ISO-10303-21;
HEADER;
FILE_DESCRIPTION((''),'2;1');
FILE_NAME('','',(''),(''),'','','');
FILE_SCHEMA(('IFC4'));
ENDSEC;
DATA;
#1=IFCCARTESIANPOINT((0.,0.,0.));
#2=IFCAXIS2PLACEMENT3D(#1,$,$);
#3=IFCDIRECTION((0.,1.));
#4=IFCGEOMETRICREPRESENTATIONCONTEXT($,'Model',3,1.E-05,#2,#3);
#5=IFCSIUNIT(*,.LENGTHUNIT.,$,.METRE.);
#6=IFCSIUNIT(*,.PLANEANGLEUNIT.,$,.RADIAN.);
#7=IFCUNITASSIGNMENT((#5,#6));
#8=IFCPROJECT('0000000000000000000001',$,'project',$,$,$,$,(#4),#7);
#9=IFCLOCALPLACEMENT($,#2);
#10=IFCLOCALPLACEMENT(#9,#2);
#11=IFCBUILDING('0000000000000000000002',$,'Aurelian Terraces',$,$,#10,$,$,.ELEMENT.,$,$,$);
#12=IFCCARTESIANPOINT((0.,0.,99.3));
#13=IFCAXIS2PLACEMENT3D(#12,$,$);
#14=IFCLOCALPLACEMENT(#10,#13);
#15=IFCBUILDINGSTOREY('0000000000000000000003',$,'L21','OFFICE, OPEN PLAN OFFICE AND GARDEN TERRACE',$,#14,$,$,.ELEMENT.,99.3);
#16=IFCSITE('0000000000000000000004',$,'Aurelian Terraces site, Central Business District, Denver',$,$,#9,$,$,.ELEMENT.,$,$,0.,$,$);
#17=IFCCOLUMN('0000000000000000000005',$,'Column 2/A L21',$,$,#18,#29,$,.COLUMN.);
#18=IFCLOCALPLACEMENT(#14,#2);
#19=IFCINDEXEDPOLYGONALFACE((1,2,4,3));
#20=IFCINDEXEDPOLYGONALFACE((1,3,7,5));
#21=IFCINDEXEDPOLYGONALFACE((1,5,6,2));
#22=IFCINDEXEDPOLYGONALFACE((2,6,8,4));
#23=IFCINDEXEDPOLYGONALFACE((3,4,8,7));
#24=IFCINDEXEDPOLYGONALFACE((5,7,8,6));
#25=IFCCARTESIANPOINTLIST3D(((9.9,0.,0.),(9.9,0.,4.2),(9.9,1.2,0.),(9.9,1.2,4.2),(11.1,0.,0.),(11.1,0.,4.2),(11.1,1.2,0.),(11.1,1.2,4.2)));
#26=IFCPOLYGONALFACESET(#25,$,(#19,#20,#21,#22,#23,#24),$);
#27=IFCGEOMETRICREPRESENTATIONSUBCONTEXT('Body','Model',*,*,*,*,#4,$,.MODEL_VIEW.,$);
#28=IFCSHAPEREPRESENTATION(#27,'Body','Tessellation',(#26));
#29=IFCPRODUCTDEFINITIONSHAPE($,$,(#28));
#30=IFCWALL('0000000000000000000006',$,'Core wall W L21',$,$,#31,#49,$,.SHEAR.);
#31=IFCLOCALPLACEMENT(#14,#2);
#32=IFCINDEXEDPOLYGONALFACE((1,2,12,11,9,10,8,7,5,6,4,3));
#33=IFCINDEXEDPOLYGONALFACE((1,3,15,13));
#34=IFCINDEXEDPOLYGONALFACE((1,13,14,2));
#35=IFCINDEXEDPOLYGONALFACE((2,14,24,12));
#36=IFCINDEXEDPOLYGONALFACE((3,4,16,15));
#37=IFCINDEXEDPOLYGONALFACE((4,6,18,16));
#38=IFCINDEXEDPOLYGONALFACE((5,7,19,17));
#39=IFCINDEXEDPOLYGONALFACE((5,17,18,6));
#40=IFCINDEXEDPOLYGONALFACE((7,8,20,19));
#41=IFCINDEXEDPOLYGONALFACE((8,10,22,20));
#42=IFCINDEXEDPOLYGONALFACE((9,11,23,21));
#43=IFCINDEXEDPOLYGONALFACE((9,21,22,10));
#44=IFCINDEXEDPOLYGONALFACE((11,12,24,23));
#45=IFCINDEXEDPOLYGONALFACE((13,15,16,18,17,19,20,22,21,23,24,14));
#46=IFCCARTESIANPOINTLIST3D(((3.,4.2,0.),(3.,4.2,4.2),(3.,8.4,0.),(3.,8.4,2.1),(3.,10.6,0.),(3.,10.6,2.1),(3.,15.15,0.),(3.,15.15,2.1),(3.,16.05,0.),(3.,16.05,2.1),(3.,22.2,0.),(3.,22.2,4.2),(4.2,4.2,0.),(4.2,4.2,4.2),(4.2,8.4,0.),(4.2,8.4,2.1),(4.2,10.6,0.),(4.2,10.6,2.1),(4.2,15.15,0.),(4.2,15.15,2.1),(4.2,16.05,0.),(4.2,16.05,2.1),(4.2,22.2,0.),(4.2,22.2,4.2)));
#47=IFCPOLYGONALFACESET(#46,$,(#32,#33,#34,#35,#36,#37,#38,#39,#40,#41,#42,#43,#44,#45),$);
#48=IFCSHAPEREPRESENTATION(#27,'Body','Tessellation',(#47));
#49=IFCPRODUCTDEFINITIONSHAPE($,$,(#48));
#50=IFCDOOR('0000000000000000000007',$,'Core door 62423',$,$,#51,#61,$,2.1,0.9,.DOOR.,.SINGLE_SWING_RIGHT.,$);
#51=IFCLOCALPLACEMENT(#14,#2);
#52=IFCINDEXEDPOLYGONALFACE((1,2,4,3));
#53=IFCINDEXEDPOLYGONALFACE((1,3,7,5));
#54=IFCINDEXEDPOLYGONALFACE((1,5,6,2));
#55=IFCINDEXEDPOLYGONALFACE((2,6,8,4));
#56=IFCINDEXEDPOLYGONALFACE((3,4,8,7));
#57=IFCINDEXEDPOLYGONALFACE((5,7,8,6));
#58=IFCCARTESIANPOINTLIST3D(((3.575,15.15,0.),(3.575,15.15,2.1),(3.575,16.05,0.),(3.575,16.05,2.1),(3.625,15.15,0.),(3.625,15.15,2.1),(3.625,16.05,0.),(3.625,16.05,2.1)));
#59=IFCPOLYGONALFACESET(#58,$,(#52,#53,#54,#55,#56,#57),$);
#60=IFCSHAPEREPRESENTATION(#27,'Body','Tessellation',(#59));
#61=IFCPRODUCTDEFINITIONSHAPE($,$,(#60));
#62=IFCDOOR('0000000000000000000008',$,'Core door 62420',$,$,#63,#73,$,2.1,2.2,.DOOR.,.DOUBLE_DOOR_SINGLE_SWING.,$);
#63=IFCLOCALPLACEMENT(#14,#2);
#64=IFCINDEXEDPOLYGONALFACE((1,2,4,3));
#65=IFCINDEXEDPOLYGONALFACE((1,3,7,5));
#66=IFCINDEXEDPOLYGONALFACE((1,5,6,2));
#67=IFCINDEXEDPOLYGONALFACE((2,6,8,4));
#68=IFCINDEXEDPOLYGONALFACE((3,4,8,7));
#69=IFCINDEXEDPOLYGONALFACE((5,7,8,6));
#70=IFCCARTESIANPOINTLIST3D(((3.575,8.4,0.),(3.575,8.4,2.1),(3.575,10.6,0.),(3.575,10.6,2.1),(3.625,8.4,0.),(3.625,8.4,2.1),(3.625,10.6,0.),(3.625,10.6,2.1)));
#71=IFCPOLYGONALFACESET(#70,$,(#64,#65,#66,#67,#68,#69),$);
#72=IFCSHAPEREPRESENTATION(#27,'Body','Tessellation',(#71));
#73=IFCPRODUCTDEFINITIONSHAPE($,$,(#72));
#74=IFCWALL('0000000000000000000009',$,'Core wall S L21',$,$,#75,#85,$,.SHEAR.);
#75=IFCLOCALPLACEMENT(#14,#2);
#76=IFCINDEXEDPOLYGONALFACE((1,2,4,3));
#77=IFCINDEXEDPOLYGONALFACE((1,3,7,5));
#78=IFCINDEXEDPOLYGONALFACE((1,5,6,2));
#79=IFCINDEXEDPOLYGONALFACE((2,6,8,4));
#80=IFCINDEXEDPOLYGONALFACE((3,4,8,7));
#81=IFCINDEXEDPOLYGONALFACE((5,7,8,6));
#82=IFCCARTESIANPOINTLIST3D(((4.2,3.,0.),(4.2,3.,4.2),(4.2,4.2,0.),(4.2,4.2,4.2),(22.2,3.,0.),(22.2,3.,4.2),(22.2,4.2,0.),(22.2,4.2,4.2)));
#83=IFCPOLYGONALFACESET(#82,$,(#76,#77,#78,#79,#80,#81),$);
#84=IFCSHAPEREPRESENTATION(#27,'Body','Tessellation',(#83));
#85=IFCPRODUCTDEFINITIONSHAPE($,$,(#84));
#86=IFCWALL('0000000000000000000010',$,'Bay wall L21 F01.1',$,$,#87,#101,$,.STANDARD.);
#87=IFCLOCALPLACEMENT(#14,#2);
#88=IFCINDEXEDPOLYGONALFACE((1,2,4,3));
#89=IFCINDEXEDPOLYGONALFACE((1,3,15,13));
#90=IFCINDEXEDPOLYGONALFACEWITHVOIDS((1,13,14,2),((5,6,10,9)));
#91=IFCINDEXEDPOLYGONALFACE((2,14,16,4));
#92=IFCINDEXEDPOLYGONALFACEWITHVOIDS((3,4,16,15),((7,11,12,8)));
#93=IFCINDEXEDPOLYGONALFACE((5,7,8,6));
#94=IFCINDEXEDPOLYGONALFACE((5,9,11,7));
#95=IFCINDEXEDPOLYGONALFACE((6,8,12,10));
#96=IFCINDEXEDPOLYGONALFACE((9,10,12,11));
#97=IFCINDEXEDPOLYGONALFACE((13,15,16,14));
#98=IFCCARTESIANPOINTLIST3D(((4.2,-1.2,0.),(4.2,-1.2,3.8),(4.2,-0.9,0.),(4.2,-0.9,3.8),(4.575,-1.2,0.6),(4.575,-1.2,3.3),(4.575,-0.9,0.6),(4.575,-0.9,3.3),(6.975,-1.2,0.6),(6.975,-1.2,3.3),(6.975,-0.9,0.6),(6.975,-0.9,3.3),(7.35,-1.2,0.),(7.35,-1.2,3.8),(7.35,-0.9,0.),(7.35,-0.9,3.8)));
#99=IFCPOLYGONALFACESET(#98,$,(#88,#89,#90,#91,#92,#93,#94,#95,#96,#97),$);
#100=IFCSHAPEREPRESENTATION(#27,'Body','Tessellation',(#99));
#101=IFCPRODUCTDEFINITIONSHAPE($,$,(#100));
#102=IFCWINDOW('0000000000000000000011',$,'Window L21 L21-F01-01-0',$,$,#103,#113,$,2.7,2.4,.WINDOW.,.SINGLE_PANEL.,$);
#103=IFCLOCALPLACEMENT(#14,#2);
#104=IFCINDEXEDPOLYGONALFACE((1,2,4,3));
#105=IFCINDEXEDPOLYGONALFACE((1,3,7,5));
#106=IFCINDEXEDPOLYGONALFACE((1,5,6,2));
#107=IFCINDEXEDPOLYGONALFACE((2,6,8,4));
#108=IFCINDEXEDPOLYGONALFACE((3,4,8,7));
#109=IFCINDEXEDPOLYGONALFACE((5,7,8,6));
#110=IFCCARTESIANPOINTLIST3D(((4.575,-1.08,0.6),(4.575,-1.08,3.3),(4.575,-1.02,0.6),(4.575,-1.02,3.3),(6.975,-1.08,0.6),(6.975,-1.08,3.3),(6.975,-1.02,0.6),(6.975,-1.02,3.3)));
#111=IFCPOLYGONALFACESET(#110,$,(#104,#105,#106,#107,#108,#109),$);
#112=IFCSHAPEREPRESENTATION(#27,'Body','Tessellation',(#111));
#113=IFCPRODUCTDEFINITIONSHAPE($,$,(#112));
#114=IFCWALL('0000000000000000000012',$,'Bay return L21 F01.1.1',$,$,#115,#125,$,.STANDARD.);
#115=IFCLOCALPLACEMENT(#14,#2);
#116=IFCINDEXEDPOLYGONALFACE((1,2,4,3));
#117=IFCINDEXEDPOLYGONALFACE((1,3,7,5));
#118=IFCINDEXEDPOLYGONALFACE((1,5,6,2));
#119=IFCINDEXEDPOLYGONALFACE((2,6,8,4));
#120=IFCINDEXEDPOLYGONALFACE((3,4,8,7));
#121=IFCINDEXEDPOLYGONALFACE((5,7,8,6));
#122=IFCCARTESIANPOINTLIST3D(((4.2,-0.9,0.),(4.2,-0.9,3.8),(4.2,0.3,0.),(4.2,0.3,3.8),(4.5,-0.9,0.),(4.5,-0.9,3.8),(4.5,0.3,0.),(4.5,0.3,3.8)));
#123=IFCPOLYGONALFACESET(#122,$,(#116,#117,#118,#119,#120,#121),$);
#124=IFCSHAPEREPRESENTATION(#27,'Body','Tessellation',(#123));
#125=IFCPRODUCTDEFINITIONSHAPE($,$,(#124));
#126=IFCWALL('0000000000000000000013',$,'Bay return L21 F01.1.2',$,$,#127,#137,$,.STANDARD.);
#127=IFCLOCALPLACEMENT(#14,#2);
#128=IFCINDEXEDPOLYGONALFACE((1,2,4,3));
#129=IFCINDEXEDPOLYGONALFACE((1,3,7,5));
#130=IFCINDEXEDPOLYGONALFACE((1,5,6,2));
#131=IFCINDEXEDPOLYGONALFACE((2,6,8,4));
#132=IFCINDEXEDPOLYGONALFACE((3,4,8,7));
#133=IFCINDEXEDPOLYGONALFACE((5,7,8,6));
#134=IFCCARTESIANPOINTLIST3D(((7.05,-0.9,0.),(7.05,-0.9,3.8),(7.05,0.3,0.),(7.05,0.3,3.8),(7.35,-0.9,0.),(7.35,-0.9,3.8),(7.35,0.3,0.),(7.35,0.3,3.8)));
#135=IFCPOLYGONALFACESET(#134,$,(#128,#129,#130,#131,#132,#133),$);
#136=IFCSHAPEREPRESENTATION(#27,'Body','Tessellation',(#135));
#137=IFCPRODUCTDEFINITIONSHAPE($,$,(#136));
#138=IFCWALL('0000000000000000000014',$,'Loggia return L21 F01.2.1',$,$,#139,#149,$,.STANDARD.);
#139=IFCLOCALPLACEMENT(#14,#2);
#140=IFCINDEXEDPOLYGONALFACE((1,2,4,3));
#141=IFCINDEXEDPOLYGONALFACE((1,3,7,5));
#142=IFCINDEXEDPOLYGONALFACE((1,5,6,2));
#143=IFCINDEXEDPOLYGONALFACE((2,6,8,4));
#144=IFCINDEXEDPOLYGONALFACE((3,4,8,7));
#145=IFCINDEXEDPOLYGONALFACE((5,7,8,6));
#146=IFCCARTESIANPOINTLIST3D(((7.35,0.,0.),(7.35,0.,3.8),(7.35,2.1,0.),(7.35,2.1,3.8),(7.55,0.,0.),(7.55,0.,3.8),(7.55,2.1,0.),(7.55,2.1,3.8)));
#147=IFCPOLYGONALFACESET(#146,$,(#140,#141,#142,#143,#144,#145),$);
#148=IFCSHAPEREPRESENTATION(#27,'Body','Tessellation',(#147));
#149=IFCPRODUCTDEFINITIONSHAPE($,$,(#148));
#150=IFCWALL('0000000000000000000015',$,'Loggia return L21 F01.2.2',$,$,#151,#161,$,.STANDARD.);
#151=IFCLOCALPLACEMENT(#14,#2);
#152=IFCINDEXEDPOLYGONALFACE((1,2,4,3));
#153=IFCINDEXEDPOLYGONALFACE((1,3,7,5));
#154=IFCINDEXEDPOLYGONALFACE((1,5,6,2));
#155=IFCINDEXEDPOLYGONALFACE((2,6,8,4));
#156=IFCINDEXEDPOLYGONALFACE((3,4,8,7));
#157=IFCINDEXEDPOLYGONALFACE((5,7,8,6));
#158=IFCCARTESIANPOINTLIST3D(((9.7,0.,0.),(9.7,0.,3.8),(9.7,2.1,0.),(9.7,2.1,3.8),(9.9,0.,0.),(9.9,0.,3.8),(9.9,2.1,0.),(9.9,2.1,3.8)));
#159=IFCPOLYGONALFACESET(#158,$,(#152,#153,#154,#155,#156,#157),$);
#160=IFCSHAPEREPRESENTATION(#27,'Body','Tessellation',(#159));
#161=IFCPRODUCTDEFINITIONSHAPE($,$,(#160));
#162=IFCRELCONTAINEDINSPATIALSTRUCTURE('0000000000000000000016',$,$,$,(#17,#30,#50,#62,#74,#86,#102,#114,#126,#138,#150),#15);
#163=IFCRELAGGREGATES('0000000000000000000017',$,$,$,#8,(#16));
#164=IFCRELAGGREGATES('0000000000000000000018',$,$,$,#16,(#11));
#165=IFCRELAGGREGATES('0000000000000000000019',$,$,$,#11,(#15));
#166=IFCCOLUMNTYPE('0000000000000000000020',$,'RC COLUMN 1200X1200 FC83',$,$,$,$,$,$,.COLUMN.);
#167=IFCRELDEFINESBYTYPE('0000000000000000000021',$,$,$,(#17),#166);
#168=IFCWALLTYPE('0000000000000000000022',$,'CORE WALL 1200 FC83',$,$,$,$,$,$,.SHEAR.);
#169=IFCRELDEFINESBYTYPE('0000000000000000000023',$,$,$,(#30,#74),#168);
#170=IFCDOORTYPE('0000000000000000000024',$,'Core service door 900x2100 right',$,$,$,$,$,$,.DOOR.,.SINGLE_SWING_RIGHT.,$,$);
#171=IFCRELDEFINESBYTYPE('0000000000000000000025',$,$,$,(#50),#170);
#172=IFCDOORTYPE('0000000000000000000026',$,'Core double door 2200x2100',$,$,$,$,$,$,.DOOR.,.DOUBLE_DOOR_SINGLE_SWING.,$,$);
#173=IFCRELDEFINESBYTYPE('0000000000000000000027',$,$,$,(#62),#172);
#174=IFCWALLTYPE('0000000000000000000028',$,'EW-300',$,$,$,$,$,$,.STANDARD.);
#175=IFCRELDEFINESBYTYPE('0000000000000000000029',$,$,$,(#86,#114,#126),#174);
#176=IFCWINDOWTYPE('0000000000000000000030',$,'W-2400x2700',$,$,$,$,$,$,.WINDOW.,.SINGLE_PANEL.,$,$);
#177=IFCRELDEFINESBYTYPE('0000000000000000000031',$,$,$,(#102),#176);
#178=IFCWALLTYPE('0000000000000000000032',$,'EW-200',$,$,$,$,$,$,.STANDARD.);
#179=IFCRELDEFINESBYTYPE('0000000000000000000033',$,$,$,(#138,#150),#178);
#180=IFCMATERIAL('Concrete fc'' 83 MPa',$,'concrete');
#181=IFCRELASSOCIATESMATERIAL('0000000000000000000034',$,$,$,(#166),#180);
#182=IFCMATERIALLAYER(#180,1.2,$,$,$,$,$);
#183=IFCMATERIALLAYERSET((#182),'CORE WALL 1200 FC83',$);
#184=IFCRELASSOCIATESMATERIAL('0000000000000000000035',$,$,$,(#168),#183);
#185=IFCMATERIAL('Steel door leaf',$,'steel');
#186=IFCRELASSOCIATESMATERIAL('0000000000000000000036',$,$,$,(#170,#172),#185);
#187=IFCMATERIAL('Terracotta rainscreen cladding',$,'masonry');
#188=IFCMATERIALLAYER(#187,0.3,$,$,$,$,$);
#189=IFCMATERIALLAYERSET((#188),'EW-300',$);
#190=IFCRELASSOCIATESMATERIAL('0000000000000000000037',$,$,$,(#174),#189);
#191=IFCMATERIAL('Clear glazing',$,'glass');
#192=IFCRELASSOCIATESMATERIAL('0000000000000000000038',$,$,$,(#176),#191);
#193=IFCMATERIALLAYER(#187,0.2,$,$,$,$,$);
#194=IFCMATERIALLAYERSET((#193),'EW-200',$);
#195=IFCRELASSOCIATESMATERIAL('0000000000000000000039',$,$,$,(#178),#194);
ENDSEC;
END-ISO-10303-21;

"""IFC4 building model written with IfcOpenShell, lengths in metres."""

from ifc_helpers import new_model, si_unit, direction, frame, frame_2d, origin, origin_2d, place, context, subcontext, project, spatial, rectangle, extrude, source, transform, mapped, material, layer, layer_set, material_profile, profile_set, type_object, element, fill, save


model = new_model("IFC4")

# Units and contexts
model_context = context("Model", 3, precision=1e-05, world=origin(), true_north=direction((0.0, 1.0)))
body_context = subcontext(model_context, "Body", "Model", "MODEL_VIEW")
ifc_project = project(units=[si_unit("LENGTHUNIT", "METRE"), si_unit("PLANEANGLEUNIT", "RADIAN")], contexts=[model_context])

# Site, building, storey
site_placement = place(None, origin())
site = spatial("IfcSite", under=ifc_project, at=site_placement, Name="Aurelian Terraces site, Central Business District, Denver", CompositionType="ELEMENT", RefElevation=0.0)
building_placement = place(site_placement, origin())
building = spatial("IfcBuilding", under=site, at=building_placement, Name="Aurelian Terraces", CompositionType="ELEMENT")
storey_placement = place(building_placement, frame((0.0, 0.0, 99.3)))
storey = spatial("IfcBuildingStorey", under=building, at=storey_placement, Name="L21", Description="OFFICE, OPEN PLAN OFFICE AND GARDEN TERRACE", CompositionType="ELEMENT", Elevation=99.3)

# Column
ifc_material_1 = material(Name="Concrete fc' 83 MPa", Category="concrete")
ifc_material_profile = material_profile(ifc_material_1, rectangle(XDim=1.2, YDim=1.2, at=origin_2d()))
ifc_profile_set = profile_set([ifc_material_profile], Name="Concrete fc' 83 MPa")
column_type = type_object("IfcColumnType", Name="RC COLUMN 1200X1200 FC83", PredefinedType="COLUMN", material=ifc_profile_set)
shared_shape_1 = source(origin(), body_context, "Body", "SweptSolid", [
    extrude(rectangle(XDim=1.2, YDim=1.2, at=origin_2d()), origin(), (0.0, 0.0, 1.0), 4.2),
])
column_placement = place(storey_placement, frame((10.5, 0.6, 0.0), z_axis=(0.0, 0.0, 1.0), x_axis=(1.0, 0.0, 0.0)))
element("IfcColumn", 1, at=column_placement, inside=storey, type_object=column_type, Name="Column 2/A L21", PredefinedType="COLUMN", context=body_context, shape_type="MappedRepresentation", body=[
    mapped(shared_shape_1, transform((0.0, 0.0, 0.0), scale=1.0)),
])

# Wall, openings, doors
ifc_layer_1 = layer(ifc_material_1, 1.2)
ifc_layer_set_1 = layer_set([ifc_layer_1], Name="CORE WALL 1200 FC83")
wall_type_1 = type_object("IfcWallType", Name="CORE WALL 1200 FC83", PredefinedType="SHEAR", material=ifc_layer_set_1)
shared_shape_2 = source(origin(), body_context, "Body", "SweptSolid", [
    extrude(rectangle(XDim=18.0, YDim=1.2, at=frame_2d((9.0, 0.0))), origin(), (0.0, 0.0, 1.0), 4.2),
])
wall_1_placement = place(storey_placement, frame((3.6, 4.2, 0.0), z_axis=(0.0, 0.0, 1.0), x_axis=(0.0, 1.0, 0.0)))
wall_1 = element("IfcWall", 2, at=wall_1_placement, inside=storey, type_object=wall_type_1, Name="Core wall W L21", PredefinedType="SHEAR", context=body_context, shape_type="MappedRepresentation", body=[
    mapped(shared_shape_2, transform((0.0, 0.0, 0.0), scale=1.0)),
])
shared_shape_3 = source(origin(), body_context, "Body", "SweptSolid", [
    extrude(rectangle(XDim=2.2, YDim=2.1, at=frame_2d((1.1, 1.05))), frame((0.0, 0.61, 0.0), z_axis=(0.0, -1.0, 0.0), x_axis=(1.0, 0.0, 0.0)), (0.0, 0.0, 1.0), 1.22),
])
opening_1_placement = place(wall_1_placement, frame((4.2, 0.0, 0.0)))
opening_1 = element("IfcOpeningElement", 3, at=opening_1_placement, cuts=wall_1, PredefinedType="OPENING", context=body_context, shape_type="MappedRepresentation", body=[
    mapped(shared_shape_3, transform((0.0, 0.0, 0.0), scale=1.0)),
])
opening_2_placement = place(wall_1_placement, frame((10.95, 0.0, 0.0)))
opening_2 = element("IfcOpeningElement", 4, at=opening_2_placement, cuts=wall_1, PredefinedType="OPENING", context=body_context, shape_type="SweptSolid", body=[
    extrude(rectangle(XDim=0.9, YDim=2.1, at=frame_2d((0.45, 1.05))), frame((0.0, 0.61, 0.0), z_axis=(0.0, -1.0, 0.0), x_axis=(1.0, 0.0, 0.0)), (0.0, 0.0, 1.0), 1.22),
])
ifc_material_2 = material(Name="Steel door leaf", Category="steel")
door_type_1 = type_object("IfcDoorType", Name="Core service door 900x2100 right", OperationType="SINGLE_SWING_RIGHT", PredefinedType="DOOR", material=ifc_material_2)
shared_shape_4 = source(origin(), body_context, "Body", "SweptSolid", [
    extrude(rectangle(XDim=0.9, YDim=2.1, at=frame_2d((0.45, 1.05))), frame((0.0, 0.025, 0.0), z_axis=(0.0, -1.0, 0.0), x_axis=(1.0, 0.0, 0.0)), (0.0, 0.0, 1.0), 0.05),
])
door_1_placement = place(opening_2_placement, origin())
door_1 = element("IfcDoor", 5, at=door_1_placement, inside=storey, type_object=door_type_1, Name="Core door 62423", OperationType="SINGLE_SWING_RIGHT", OverallHeight=2.1, OverallWidth=0.9, PredefinedType="DOOR", context=body_context, shape_type="MappedRepresentation", body=[
    mapped(shared_shape_4, transform((0.0, 0.0, 0.0), scale=1.0)),
])
fill(opening_2, door_1)
door_type_2 = type_object("IfcDoorType", Name="Core double door 2200x2100", OperationType="DOUBLE_DOOR_SINGLE_SWING", PredefinedType="DOOR", material=ifc_material_2)
shared_shape_5 = source(origin(), body_context, "Body", "SweptSolid", [
    extrude(rectangle(XDim=2.2, YDim=2.1, at=frame_2d((1.1, 1.05))), frame((0.0, 0.025, 0.0), z_axis=(0.0, -1.0, 0.0), x_axis=(1.0, 0.0, 0.0)), (0.0, 0.0, 1.0), 0.05),
])
door_2_placement = place(opening_1_placement, origin())
door_2 = element("IfcDoor", 6, at=door_2_placement, inside=storey, type_object=door_type_2, Name="Core door 62420", OperationType="DOUBLE_DOOR_SINGLE_SWING", OverallHeight=2.1, OverallWidth=2.2, PredefinedType="DOOR", context=body_context, shape_type="MappedRepresentation", body=[
    mapped(shared_shape_5, transform((0.0, 0.0, 0.0), scale=1.0)),
])
fill(opening_1, door_2)

# Wall
wall_2_placement = place(storey_placement, frame((4.2, 3.6, 0.0), z_axis=(0.0, 0.0, 1.0), x_axis=(1.0, 0.0, 0.0)))
element("IfcWall", 7, at=wall_2_placement, inside=storey, type_object=wall_type_1, Name="Core wall S L21", PredefinedType="SHEAR", context=body_context, shape_type="MappedRepresentation", body=[
    mapped(shared_shape_2, transform((0.0, 0.0, 0.0), scale=1.0)),
])

# Wall, opening, window
ifc_material_3 = material(Name="Terracotta rainscreen cladding", Category="masonry")
ifc_layer_2 = layer(ifc_material_3, 0.3)
ifc_layer_set_2 = layer_set([ifc_layer_2], Name="EW-300")
wall_type_2 = type_object("IfcWallType", Name="EW-300", PredefinedType="STANDARD", material=ifc_layer_set_2)
shared_shape_6 = source(origin(), body_context, "Body", "SweptSolid", [
    extrude(rectangle(XDim=3.15, YDim=0.3, at=frame_2d((1.575, 0.0))), origin(), (0.0, 0.0, 1.0), 3.8),
])
wall_3_placement = place(storey_placement, frame((4.2, -1.05, 0.0), z_axis=(0.0, 0.0, 1.0), x_axis=(1.0, 0.0, 0.0)))
wall_3 = element("IfcWall", 8, at=wall_3_placement, inside=storey, type_object=wall_type_2, Name="Bay wall L21 F01.1", PredefinedType="STANDARD", context=body_context, shape_type="MappedRepresentation", body=[
    mapped(shared_shape_6, transform((0.0, 0.0, 0.0), scale=1.0)),
])
shared_shape_7 = source(origin(), body_context, "Body", "SweptSolid", [
    extrude(rectangle(XDim=2.4, YDim=2.7, at=frame_2d((1.2, 1.35))), frame((0.0, 0.16, 0.0), z_axis=(0.0, -1.0, 0.0), x_axis=(1.0, 0.0, 0.0)), (0.0, 0.0, 1.0), 0.32),
])
opening_3_placement = place(wall_3_placement, frame((0.375, 0.0, 0.6)))
opening_3 = element("IfcOpeningElement", 9, at=opening_3_placement, cuts=wall_3, PredefinedType="OPENING", context=body_context, shape_type="MappedRepresentation", body=[
    mapped(shared_shape_7, transform((0.0, 0.0, 0.0), scale=1.0)),
])
ifc_material_4 = material(Name="Clear glazing", Category="glass")
window_type_1 = type_object("IfcWindowType", Name="W-2400x2700", PartitioningType="SINGLE_PANEL", PredefinedType="WINDOW", material=ifc_material_4)
shared_shape_8 = source(origin(), body_context, "Body", "SweptSolid", [
    extrude(rectangle(XDim=2.4, YDim=2.7, at=frame_2d((1.2, 1.35))), frame((0.0, 0.03, 0.0), z_axis=(0.0, -1.0, 0.0), x_axis=(1.0, 0.0, 0.0)), (0.0, 0.0, 1.0), 0.06),
])
window_1_placement = place(opening_3_placement, origin())
window_1 = element("IfcWindow", 10, at=window_1_placement, inside=storey, type_object=window_type_1, Name="Window L21 L21-F01-01-0", OverallHeight=2.7, OverallWidth=2.4, PartitioningType="SINGLE_PANEL", PredefinedType="WINDOW", context=body_context, shape_type="MappedRepresentation", body=[
    mapped(shared_shape_8, transform((0.0, 0.0, 0.0), scale=1.0)),
])
fill(opening_3, window_1)

# Walls
shared_shape_9 = source(origin(), body_context, "Body", "SweptSolid", [
    extrude(rectangle(XDim=1.2, YDim=0.3, at=frame_2d((0.6, 0.0))), origin(), (0.0, 0.0, 1.0), 3.8),
])
for number, where, z_axis, x_axis, name in (
    (11, (4.35, 0.3, 0.0), (0.0, 0.0, 1.0), (0.0, -1.0, 0.0), "Bay return L21 F01.1.1"),
    (12, (7.2, 0.3, 0.0), (0.0, 0.0, 1.0), (0.0, -1.0, 0.0), "Bay return L21 F01.1.2"),
):
    element("IfcWall", number, at=place(storey_placement, frame(where, z_axis=z_axis, x_axis=x_axis)), inside=storey, type_object=wall_type_2, Name=name, PredefinedType="STANDARD", context=body_context, shape_type="MappedRepresentation", body=[
        mapped(shared_shape_9, transform((0.0, 0.0, 0.0), scale=1.0)),
    ])
ifc_layer_3 = layer(ifc_material_3, 0.2)
ifc_layer_set_3 = layer_set([ifc_layer_3], Name="EW-200")
wall_type_3 = type_object("IfcWallType", Name="EW-200", PredefinedType="STANDARD", material=ifc_layer_set_3)
shared_shape_10 = source(origin(), body_context, "Body", "SweptSolid", [
    extrude(rectangle(XDim=2.1, YDim=0.2, at=frame_2d((1.05, 0.0))), origin(), (0.0, 0.0, 1.0), 3.8),
])
for number, where, z_axis, x_axis, name in (
    (13, (7.45, 0.0, 0.0), (0.0, 0.0, 1.0), (0.0, 1.0, 0.0), "Loggia return L21 F01.2.1"),
    (14, (9.8, 0.0, 0.0), (0.0, 0.0, 1.0), (0.0, 1.0, 0.0), "Loggia return L21 F01.2.2"),
):
    element("IfcWall", number, at=place(storey_placement, frame(where, z_axis=z_axis, x_axis=x_axis)), inside=storey, type_object=wall_type_3, Name=name, PredefinedType="STANDARD", context=body_context, shape_type="MappedRepresentation", body=[
        mapped(shared_shape_10, transform((0.0, 0.0, 0.0), scale=1.0)),
    ])

save(model, "model.ifc")
